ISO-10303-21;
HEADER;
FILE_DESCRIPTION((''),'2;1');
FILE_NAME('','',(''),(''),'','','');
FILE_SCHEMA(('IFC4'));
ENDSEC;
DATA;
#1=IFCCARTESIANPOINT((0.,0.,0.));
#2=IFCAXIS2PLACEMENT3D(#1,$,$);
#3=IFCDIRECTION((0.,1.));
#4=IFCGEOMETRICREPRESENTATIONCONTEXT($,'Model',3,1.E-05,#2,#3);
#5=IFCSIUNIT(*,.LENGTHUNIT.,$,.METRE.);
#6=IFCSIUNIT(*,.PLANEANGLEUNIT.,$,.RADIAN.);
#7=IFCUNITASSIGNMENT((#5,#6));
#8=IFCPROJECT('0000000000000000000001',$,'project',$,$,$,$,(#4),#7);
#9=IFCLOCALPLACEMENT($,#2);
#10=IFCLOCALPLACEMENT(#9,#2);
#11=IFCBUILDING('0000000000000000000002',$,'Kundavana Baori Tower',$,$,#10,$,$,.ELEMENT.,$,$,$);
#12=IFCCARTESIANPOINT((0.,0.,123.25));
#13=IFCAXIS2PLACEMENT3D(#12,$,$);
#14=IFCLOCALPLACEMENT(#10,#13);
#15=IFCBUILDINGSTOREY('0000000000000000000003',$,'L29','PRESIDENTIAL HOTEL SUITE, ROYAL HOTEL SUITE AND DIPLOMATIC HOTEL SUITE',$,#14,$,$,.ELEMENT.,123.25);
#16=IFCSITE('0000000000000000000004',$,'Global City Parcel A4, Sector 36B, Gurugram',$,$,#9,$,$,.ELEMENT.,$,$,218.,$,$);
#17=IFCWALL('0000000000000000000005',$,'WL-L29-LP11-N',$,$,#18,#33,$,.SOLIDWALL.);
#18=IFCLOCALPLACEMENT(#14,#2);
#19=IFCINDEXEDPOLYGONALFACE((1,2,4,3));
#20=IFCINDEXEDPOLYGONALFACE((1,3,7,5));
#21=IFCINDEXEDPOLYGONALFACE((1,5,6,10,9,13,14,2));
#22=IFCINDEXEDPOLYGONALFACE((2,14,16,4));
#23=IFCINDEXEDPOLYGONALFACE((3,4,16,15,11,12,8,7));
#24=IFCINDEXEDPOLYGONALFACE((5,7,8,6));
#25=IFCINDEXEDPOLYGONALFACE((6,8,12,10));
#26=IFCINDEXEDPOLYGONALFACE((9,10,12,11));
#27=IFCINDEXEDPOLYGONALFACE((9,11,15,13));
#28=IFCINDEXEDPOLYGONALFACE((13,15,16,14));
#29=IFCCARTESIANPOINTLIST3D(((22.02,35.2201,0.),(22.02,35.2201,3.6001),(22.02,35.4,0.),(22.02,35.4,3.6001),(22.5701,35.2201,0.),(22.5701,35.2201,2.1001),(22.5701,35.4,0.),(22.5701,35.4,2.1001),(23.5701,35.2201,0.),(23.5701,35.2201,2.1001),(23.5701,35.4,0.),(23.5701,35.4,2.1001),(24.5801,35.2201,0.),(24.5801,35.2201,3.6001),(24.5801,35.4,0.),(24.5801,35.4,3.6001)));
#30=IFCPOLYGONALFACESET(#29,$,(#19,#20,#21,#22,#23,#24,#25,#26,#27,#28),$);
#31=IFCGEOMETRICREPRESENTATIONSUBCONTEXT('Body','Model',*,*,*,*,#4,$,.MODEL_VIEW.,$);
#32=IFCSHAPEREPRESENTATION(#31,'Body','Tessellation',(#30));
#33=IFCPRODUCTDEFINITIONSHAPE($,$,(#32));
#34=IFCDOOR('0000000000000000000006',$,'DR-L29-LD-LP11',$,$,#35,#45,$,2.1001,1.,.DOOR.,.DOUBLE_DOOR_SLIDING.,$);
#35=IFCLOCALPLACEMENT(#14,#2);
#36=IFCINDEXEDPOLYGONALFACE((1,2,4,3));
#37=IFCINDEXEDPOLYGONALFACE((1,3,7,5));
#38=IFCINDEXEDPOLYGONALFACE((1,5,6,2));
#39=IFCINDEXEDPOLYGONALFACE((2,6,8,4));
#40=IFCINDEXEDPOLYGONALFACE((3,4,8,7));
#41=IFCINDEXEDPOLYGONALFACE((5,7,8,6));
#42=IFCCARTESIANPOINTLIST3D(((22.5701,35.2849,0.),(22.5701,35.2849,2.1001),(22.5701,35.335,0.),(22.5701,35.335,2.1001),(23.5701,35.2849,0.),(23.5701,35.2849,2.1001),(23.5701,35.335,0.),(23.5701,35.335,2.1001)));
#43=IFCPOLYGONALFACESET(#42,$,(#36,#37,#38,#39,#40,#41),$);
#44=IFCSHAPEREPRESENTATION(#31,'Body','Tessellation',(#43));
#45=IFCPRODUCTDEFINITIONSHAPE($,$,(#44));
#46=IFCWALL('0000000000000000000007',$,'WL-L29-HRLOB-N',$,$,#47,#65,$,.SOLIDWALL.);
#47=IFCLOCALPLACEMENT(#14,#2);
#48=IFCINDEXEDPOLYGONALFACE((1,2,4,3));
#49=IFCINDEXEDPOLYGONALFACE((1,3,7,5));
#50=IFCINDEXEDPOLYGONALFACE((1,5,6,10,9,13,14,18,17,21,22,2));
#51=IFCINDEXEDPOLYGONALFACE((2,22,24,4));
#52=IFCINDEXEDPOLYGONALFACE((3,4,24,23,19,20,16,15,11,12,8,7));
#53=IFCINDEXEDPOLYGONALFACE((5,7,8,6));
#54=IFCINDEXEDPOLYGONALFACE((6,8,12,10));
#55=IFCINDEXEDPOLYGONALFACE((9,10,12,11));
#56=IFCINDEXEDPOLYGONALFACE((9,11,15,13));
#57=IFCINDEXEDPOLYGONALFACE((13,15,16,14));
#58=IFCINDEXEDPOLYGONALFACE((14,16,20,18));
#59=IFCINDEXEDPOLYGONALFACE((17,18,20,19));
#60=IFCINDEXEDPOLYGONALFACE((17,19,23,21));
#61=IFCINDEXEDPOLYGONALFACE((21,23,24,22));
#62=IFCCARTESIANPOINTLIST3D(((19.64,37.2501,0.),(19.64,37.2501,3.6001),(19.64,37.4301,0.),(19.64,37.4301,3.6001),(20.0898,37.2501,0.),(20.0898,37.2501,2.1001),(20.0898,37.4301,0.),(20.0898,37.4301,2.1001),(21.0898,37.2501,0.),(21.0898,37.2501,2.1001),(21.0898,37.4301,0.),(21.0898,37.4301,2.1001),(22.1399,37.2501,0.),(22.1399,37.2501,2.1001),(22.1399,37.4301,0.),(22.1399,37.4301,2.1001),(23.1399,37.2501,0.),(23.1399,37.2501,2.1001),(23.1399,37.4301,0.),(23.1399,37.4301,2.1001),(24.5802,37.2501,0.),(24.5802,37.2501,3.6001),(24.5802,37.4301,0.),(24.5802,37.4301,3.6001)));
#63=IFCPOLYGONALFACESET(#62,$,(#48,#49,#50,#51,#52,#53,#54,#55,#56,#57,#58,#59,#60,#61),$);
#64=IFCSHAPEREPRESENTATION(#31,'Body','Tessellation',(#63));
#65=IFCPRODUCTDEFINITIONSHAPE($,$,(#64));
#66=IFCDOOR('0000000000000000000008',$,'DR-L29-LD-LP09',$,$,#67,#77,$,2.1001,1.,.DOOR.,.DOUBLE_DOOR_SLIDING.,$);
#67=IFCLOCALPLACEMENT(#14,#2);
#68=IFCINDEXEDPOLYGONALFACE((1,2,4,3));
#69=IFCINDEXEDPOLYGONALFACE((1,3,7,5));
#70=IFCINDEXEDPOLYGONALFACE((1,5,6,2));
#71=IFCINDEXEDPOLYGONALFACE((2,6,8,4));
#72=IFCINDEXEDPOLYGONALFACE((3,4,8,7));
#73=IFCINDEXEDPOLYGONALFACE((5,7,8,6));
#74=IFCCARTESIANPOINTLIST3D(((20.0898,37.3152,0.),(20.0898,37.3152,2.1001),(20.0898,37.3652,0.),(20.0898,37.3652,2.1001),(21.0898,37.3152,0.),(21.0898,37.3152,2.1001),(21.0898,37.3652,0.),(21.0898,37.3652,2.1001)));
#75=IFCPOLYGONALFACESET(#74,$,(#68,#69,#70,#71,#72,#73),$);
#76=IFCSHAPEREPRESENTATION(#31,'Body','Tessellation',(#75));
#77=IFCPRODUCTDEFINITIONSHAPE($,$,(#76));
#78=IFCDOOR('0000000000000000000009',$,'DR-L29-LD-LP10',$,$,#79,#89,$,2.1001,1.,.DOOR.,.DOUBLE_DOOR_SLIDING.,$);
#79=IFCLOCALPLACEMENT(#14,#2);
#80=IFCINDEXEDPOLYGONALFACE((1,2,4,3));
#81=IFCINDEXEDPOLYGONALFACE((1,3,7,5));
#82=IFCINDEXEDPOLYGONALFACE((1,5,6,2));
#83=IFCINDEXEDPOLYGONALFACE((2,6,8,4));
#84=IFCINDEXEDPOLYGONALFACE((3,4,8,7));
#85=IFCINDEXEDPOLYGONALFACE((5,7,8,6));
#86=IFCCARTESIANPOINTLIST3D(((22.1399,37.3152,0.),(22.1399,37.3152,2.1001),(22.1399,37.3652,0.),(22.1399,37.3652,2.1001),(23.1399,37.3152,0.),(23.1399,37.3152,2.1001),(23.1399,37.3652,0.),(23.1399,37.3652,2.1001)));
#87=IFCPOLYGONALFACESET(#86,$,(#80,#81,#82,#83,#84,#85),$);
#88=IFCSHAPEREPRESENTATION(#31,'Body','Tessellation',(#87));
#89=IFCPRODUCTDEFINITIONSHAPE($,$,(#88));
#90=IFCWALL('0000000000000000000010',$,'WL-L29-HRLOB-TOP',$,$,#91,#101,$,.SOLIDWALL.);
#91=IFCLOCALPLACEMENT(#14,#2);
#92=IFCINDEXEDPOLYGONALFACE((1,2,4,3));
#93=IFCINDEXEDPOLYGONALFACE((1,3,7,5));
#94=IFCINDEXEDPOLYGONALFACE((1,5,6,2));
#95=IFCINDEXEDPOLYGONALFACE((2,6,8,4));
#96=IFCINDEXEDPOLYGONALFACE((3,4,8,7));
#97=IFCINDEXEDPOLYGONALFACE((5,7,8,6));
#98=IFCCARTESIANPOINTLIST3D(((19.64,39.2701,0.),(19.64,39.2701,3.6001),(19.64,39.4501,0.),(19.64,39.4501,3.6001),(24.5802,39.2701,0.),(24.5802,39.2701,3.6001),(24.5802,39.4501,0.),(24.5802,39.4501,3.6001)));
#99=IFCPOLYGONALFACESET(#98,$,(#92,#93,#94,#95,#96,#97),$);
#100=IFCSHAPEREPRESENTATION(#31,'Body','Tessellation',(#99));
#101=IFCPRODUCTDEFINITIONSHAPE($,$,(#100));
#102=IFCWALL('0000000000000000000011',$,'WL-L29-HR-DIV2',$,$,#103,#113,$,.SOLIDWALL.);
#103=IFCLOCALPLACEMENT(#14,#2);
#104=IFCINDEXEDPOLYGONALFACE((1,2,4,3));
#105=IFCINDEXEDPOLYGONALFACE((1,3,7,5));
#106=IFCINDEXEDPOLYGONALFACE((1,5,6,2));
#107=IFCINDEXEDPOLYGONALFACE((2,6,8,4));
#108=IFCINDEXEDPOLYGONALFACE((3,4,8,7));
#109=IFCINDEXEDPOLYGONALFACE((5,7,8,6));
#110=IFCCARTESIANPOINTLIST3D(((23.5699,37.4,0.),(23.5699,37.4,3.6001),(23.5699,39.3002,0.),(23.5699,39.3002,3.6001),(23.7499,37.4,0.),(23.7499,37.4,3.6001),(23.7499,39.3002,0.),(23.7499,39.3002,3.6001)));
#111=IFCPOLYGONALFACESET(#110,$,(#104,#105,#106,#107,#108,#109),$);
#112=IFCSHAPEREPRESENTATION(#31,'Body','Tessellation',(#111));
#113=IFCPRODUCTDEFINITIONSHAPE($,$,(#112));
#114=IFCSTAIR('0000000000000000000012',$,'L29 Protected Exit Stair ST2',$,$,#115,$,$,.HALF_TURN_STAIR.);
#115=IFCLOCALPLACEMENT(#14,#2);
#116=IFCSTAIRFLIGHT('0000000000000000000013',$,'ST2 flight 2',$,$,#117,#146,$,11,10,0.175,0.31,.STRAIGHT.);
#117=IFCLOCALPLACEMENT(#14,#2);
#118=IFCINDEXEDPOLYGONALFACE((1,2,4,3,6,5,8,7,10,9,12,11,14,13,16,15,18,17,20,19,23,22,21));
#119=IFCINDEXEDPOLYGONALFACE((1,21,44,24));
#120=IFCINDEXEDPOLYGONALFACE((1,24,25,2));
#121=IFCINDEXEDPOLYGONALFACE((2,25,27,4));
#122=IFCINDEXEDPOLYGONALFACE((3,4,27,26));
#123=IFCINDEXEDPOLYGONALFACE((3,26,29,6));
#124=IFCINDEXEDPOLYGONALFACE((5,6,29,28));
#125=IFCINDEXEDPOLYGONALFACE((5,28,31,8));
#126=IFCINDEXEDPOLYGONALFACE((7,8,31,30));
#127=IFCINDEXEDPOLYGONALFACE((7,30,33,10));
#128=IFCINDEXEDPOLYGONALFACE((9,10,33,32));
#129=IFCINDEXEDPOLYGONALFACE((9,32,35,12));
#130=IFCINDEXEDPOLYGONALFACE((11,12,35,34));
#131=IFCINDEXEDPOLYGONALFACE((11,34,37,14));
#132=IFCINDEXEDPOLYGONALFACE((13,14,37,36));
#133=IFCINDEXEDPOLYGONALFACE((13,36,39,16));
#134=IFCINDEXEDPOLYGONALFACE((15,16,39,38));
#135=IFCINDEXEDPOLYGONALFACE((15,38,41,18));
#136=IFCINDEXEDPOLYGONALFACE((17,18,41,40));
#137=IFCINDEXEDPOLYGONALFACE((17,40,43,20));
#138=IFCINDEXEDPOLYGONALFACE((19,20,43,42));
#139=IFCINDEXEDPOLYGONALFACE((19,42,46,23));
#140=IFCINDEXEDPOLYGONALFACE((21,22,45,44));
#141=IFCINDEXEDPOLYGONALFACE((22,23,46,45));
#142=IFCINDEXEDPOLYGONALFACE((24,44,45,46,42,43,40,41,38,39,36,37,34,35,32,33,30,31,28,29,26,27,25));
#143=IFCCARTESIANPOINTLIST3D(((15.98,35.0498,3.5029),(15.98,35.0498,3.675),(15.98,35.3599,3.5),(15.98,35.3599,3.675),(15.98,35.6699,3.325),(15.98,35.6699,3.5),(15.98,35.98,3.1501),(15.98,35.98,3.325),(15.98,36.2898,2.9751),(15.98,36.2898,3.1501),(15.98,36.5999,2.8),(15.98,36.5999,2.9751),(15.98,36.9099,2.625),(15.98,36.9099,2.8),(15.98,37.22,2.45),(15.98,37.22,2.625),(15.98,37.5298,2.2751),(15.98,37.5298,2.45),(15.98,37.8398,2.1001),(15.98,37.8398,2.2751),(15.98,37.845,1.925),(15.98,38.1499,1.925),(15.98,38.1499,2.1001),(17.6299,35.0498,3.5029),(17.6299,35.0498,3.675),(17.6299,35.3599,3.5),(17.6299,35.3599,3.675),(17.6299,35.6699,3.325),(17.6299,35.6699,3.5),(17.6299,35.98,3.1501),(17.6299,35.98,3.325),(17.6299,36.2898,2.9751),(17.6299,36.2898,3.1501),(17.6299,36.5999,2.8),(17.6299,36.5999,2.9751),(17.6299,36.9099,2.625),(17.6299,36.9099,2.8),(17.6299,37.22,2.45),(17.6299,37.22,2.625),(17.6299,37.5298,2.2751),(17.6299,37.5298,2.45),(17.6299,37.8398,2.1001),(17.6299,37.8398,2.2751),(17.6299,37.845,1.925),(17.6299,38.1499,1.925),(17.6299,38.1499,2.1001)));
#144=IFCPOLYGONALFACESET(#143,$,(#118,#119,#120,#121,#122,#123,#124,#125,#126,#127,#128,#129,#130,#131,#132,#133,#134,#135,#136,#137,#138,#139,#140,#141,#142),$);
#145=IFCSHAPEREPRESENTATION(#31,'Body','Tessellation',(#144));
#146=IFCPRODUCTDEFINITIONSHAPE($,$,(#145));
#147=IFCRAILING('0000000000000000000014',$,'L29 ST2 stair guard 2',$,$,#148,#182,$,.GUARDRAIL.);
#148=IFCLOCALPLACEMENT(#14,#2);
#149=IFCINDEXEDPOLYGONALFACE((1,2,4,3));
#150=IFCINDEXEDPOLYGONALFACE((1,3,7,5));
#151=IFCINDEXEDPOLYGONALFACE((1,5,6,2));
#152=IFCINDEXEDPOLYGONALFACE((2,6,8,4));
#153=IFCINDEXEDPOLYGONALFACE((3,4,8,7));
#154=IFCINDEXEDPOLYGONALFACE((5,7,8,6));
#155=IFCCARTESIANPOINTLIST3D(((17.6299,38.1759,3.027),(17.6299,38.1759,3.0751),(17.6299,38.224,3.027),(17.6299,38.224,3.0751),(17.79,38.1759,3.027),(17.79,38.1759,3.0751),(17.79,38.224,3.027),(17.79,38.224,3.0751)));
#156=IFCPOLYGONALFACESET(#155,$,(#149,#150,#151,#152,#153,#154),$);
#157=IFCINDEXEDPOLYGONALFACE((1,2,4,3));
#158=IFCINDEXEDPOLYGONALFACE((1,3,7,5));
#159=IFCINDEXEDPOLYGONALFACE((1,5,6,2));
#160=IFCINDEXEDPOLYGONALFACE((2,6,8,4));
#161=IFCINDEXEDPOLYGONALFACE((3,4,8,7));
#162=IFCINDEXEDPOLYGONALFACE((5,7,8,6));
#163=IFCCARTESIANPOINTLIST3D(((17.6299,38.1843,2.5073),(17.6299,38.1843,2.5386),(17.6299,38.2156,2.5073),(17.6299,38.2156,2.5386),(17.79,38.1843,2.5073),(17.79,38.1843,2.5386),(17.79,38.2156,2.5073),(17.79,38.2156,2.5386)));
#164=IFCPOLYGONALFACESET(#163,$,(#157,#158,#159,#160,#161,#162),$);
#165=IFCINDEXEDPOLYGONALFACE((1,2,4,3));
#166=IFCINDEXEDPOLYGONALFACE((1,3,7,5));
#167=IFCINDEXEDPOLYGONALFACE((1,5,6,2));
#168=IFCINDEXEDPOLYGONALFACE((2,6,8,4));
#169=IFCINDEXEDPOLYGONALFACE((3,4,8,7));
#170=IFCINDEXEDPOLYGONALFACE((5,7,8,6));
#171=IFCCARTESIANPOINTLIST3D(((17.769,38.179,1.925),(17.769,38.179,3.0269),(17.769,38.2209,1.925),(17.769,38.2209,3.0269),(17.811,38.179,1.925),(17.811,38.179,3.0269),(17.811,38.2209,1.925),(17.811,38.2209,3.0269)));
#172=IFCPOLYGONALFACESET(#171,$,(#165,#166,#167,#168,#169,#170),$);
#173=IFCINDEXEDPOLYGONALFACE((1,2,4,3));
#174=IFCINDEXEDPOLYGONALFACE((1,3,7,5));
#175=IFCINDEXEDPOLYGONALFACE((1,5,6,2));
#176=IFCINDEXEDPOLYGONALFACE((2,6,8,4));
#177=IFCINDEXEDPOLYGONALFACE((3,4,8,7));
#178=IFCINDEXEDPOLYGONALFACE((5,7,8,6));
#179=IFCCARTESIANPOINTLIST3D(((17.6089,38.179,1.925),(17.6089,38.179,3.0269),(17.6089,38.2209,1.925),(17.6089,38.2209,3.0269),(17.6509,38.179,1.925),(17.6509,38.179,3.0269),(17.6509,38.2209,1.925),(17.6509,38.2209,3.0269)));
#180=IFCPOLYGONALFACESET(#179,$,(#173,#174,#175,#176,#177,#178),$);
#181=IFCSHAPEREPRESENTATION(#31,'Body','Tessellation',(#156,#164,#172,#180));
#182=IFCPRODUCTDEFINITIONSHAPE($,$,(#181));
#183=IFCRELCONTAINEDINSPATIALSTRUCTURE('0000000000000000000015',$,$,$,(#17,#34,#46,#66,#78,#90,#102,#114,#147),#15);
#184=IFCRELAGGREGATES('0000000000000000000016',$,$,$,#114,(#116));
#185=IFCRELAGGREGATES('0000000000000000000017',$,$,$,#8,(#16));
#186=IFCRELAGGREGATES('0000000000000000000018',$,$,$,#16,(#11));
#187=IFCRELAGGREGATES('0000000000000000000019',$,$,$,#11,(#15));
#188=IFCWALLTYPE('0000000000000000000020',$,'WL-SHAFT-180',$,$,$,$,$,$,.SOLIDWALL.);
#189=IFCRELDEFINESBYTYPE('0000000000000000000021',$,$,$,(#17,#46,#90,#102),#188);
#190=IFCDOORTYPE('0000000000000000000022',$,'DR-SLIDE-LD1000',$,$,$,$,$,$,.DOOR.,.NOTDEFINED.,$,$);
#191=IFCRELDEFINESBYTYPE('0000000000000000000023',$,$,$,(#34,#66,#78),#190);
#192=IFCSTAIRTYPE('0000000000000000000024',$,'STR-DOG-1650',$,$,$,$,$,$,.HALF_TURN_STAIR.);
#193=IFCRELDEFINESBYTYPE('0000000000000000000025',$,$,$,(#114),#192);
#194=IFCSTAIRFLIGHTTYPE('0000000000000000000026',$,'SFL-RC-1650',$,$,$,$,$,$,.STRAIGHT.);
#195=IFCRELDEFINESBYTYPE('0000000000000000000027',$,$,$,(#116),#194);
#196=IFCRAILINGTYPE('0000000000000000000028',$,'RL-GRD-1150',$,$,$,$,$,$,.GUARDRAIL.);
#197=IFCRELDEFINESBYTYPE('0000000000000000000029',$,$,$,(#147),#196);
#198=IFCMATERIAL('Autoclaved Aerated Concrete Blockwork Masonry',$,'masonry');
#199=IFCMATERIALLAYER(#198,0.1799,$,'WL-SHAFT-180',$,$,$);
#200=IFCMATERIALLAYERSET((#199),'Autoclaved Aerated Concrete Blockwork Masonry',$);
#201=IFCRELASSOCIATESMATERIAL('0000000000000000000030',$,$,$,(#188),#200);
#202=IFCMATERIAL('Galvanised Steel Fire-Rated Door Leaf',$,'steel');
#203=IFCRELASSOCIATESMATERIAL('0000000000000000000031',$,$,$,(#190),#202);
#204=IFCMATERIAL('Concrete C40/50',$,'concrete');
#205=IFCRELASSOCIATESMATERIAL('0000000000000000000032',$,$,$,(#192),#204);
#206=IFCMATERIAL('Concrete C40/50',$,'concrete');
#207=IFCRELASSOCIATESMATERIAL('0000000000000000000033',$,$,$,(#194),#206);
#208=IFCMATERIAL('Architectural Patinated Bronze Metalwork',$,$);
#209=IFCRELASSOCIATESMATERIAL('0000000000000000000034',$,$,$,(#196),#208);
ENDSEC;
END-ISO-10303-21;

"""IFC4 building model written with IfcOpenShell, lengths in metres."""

from ifc_helpers import new_model, si_unit, direction, frame, frame_2d, origin, origin_2d, place, context, subcontext, project, spatial, polyline, rectangle, outline, extrude, material, layer, layer_set, type_object, element, fill, aggregate, save


model = new_model("IFC4")

# Units and contexts
model_context = context("Model", 3, precision=1e-05, world=origin(), true_north=direction((0.0, 1.0)))
body_context = subcontext(model_context, "Body", "Model", "MODEL_VIEW")
ifc_project = project(units=[si_unit("LENGTHUNIT", "METRE"), si_unit("PLANEANGLEUNIT", "RADIAN")], contexts=[model_context])

# Site, building, storey
site_placement = place(None, origin())
site = spatial("IfcSite", under=ifc_project, at=site_placement, Name="Global City Parcel A4, Sector 36B, Gurugram", CompositionType="ELEMENT", RefElevation=218.0)
building_placement = place(site_placement, origin())
building = spatial("IfcBuilding", under=site, at=building_placement, Name="Kundavana Baori Tower", CompositionType="ELEMENT")
storey_placement = place(building_placement, frame((0.0, 0.0, 123.25)))
storey = spatial("IfcBuildingStorey", under=building, at=storey_placement, Name="L29", Description="PRESIDENTIAL HOTEL SUITE, ROYAL HOTEL SUITE AND DIPLOMATIC HOTEL SUITE", CompositionType="ELEMENT", Elevation=123.25)

# Wall, opening, door
ifc_material_1 = material(Name="Autoclaved Aerated Concrete Blockwork Masonry", Category="masonry")
ifc_layer_1 = layer(ifc_material_1, 0.1799, Name="WL-SHAFT-180")
ifc_layer_set_1 = layer_set([ifc_layer_1], Name="Autoclaved Aerated Concrete Blockwork Masonry")
wall_type_1 = type_object("IfcWallType", Name="WL-SHAFT-180", PredefinedType="SOLIDWALL", material=ifc_layer_set_1)
wall_1_placement = place(storey_placement, frame((22.02, 35.3101, 0.0), z_axis=(0.0, 0.0, 1.0), x_axis=(1.0, 0.0, 0.0)))
wall_1 = element("IfcWall", 1, at=wall_1_placement, inside=storey, type_object=wall_type_1, Name="WL-L29-LP11-N", PredefinedType="SOLIDWALL", context=body_context, shape_type="SweptSolid", body=[
    extrude(rectangle(XDim=2.5601, YDim=0.1799, at=frame_2d((1.28, 0.0))), origin(), (0.0, 0.0, 1.0), 3.6001),
])
opening_1_placement = place(wall_1_placement, frame((0.55, 0.0, 0.0)))
opening_1 = element("IfcOpeningElement", 2, at=opening_1_placement, cuts=wall_1, PredefinedType="OPENING", context=body_context, shape_type="SweptSolid", body=[
    extrude(rectangle(XDim=1.0, YDim=2.1001, at=frame_2d((0.5, 1.05))), frame((0.0, 0.1001, 0.0), z_axis=(0.0, -1.0, 0.0), x_axis=(1.0, 0.0, 0.0)), (0.0, 0.0, 1.0), 0.2),
])
ifc_material_2 = material(Name="Galvanised Steel Fire-Rated Door Leaf", Category="steel")
door_type_1 = type_object("IfcDoorType", Name="DR-SLIDE-LD1000", OperationType="NOTDEFINED", PredefinedType="DOOR", material=ifc_material_2)
door_1_placement = place(opening_1_placement, origin())
door_1 = element("IfcDoor", 3, at=door_1_placement, inside=storey, type_object=door_type_1, Name="DR-L29-LD-LP11", OperationType="DOUBLE_DOOR_SLIDING", OverallHeight=2.1001, OverallWidth=1.0, PredefinedType="DOOR", context=body_context, shape_type="SweptSolid", body=[
    extrude(rectangle(XDim=1.0, YDim=2.1001, at=frame_2d((0.5, 1.05))), frame((0.0, 0.0249, 0.0), z_axis=(0.0, -1.0, 0.0), x_axis=(1.0, 0.0, 0.0)), (0.0, 0.0, 1.0), 0.05),
])
fill(opening_1, door_1)

# Wall, openings, doors
wall_2_placement = place(storey_placement, frame((19.6399, 37.3401, 0.0), z_axis=(0.0, 0.0, 1.0), x_axis=(1.0, 0.0, 0.0)))
wall_2 = element("IfcWall", 4, at=wall_2_placement, inside=storey, type_object=wall_type_1, Name="WL-L29-HRLOB-N", PredefinedType="SOLIDWALL", context=body_context, shape_type="SweptSolid", body=[
    extrude(rectangle(XDim=4.9402, YDim=0.1799, at=frame_2d((2.4702, 0.0))), origin(), (0.0, 0.0, 1.0), 3.6001),
])
opening_2_placement = place(wall_2_placement, frame((0.45, 0.0, 0.0)))
opening_2 = element("IfcOpeningElement", 5, at=opening_2_placement, cuts=wall_2, PredefinedType="OPENING", context=body_context, shape_type="SweptSolid", body=[
    extrude(rectangle(XDim=1.0, YDim=2.1001, at=frame_2d((0.5, 1.05))), frame((0.0, 0.1001, 0.0), z_axis=(0.0, -1.0, 0.0), x_axis=(1.0, 0.0, 0.0)), (0.0, 0.0, 1.0), 0.2),
])
opening_3_placement = place(wall_2_placement, frame((2.5, 0.0, 0.0)))
opening_3 = element("IfcOpeningElement", 6, at=opening_3_placement, cuts=wall_2, PredefinedType="OPENING", context=body_context, shape_type="SweptSolid", body=[
    extrude(rectangle(XDim=1.0, YDim=2.1001, at=frame_2d((0.5, 1.05))), frame((0.0, 0.1001, 0.0), z_axis=(0.0, -1.0, 0.0), x_axis=(1.0, 0.0, 0.0)), (0.0, 0.0, 1.0), 0.2),
])
door_2_placement = place(opening_2_placement, frame((1.0, 0.0, 0.0), z_axis=(0.0, 0.0, 1.0), x_axis=(-1.0, 0.0, 0.0)))
door_2 = element("IfcDoor", 7, at=door_2_placement, inside=storey, type_object=door_type_1, Name="DR-L29-LD-LP09", OperationType="DOUBLE_DOOR_SLIDING", OverallHeight=2.1001, OverallWidth=1.0, PredefinedType="DOOR", context=body_context, shape_type="SweptSolid", body=[
    extrude(rectangle(XDim=1.0, YDim=2.1001, at=frame_2d((0.5, 1.05))), frame((0.0, 0.0249, 0.0), z_axis=(0.0, -1.0, 0.0), x_axis=(1.0, 0.0, 0.0)), (0.0, 0.0, 1.0), 0.05),
])
fill(opening_2, door_2)
door_3_placement = place(opening_3_placement, frame((1.0, 0.0, 0.0), z_axis=(0.0, 0.0, 1.0), x_axis=(-1.0, 0.0, 0.0)))
door_3 = element("IfcDoor", 8, at=door_3_placement, inside=storey, type_object=door_type_1, Name="DR-L29-LD-LP10", OperationType="DOUBLE_DOOR_SLIDING", OverallHeight=2.1001, OverallWidth=1.0, PredefinedType="DOOR", context=body_context, shape_type="SweptSolid", body=[
    extrude(rectangle(XDim=1.0, YDim=2.1001, at=frame_2d((0.5, 1.05))), frame((0.0, 0.0249, 0.0), z_axis=(0.0, -1.0, 0.0), x_axis=(1.0, 0.0, 0.0)), (0.0, 0.0, 1.0), 0.05),
])
fill(opening_3, door_3)

# Walls
wall_3_placement = place(storey_placement, frame((19.6399, 39.3601, 0.0), z_axis=(0.0, 0.0, 1.0), x_axis=(1.0, 0.0, 0.0)))
element("IfcWall", 9, at=wall_3_placement, inside=storey, type_object=wall_type_1, Name="WL-L29-HRLOB-TOP", PredefinedType="SOLIDWALL", context=body_context, shape_type="SweptSolid", body=[
    extrude(rectangle(XDim=4.9402, YDim=0.1799, at=frame_2d((2.4702, 0.0))), origin(), (0.0, 0.0, 1.0), 3.6001),
])
wall_4_placement = place(storey_placement, frame((23.6599, 37.3999, 0.0), z_axis=(0.0, 0.0, 1.0), x_axis=(0.0, 1.0, 0.0)))
element("IfcWall", 10, at=wall_4_placement, inside=storey, type_object=wall_type_1, Name="WL-L29-HR-DIV2", PredefinedType="SOLIDWALL", context=body_context, shape_type="SweptSolid", body=[
    extrude(rectangle(XDim=1.9001, YDim=0.1799, at=frame_2d((0.9502, 0.0))), origin(), (0.0, 0.0, 1.0), 3.6001),
])

# Stair, stair flight
ifc_material_3 = material(Name="Concrete C40/50", Category="concrete")
stair_type = type_object("IfcStairType", Name="STR-DOG-1650", PredefinedType="HALF_TURN_STAIR", material=ifc_material_3)
stair_placement = place(storey_placement, origin())
stair = element("IfcStair", 11, at=stair_placement, inside=storey, type_object=stair_type, Name="L29 Protected Exit Stair ST2", PredefinedType="HALF_TURN_STAIR")
ifc_material_4 = material(Name="Concrete C40/50", Category="concrete")
stair_flight_type = type_object("IfcStairFlightType", Name="SFL-RC-1650", PredefinedType="STRAIGHT", material=ifc_material_4)
stair_flight_placement = place(storey_placement, frame((16.8049, 38.1499, 1.925), z_axis=(0.0, 0.0, 1.0), x_axis=(0.0, -1.0, 0.0)))
stair_flight = element("IfcStairFlight", 12, at=stair_flight_placement, type_object=stair_flight_type, Name="ST2 flight 2", NumberOfRisers=11, NumberOfTreads=10, PredefinedType="STRAIGHT", RiserHeight=0.175, TreadLength=0.31, context=body_context, shape_type="SweptSolid", body=[
    extrude(outline(polyline([(0.0, 0.0), (0.0, 0.175), (0.3101, 0.175), (0.3101, 0.3501), (0.6201, 0.3501), (0.6201, 0.5249), (0.9299, 0.5249), (0.9299, 0.7), (1.24, 0.7), (1.24, 0.875), (1.55, 0.875), (1.55, 1.05), (1.8601, 1.05), (1.8601, 1.2251), (2.1699, 1.2251), (2.1699, 1.3999), (2.48, 1.3999), (2.48, 1.575), (2.79, 1.575), (2.79, 1.75), (3.1001, 1.75), (3.1001, 1.925), (3.1001, 1.5779), (0.3049, 0.0), (0.0, 0.0)])), frame((0.0, 0.825, 0.0), z_axis=(0.0, -1.0, 0.0), x_axis=(1.0, 0.0, 0.0)), (0.0, 0.0, 1.0), 1.6499),
])
aggregate(stair, [stair_flight])

# Railing
ifc_material_5 = material(Name="Architectural Patinated Bronze Metalwork")
railing_type_1 = type_object("IfcRailingType", Name="RL-GRD-1150", PredefinedType="GUARDRAIL", material=ifc_material_5)
railing_1_placement = place(storey_placement, frame((17.79, 38.2, 1.925)))
element("IfcRailing", 13, at=railing_1_placement, inside=storey, type_object=railing_type_1, Name="L29 ST2 stair guard 2", PredefinedType="GUARDRAIL", context=body_context, shape_type="SweptSolid", body=[
    extrude(rectangle(XDim=0.0481, YDim=0.0481, at=origin_2d()), frame((0.0, 0.0, 1.126), z_axis=(-1.0, 0.0, 0.0), x_axis=(0.0, -1.0, 0.0)), (0.0, 0.0, 1.0), 0.1602),
    extrude(rectangle(XDim=0.0312, YDim=0.0312, at=origin_2d()), frame((0.0, 0.0, 0.5979), z_axis=(-1.0, 0.0, 0.0), x_axis=(0.0, -1.0, 0.0)), (0.0, 0.0, 1.0), 0.1602),
    extrude(rectangle(XDim=0.042, YDim=0.042, at=origin_2d()), origin(), (0.0, 0.0, 1.0), 1.1018),
    extrude(rectangle(XDim=0.042, YDim=0.042, at=origin_2d()), frame((-0.1602, 0.0, 0.0)), (0.0, 0.0, 1.0), 1.1018),
])

save(model, "model.ifc")
